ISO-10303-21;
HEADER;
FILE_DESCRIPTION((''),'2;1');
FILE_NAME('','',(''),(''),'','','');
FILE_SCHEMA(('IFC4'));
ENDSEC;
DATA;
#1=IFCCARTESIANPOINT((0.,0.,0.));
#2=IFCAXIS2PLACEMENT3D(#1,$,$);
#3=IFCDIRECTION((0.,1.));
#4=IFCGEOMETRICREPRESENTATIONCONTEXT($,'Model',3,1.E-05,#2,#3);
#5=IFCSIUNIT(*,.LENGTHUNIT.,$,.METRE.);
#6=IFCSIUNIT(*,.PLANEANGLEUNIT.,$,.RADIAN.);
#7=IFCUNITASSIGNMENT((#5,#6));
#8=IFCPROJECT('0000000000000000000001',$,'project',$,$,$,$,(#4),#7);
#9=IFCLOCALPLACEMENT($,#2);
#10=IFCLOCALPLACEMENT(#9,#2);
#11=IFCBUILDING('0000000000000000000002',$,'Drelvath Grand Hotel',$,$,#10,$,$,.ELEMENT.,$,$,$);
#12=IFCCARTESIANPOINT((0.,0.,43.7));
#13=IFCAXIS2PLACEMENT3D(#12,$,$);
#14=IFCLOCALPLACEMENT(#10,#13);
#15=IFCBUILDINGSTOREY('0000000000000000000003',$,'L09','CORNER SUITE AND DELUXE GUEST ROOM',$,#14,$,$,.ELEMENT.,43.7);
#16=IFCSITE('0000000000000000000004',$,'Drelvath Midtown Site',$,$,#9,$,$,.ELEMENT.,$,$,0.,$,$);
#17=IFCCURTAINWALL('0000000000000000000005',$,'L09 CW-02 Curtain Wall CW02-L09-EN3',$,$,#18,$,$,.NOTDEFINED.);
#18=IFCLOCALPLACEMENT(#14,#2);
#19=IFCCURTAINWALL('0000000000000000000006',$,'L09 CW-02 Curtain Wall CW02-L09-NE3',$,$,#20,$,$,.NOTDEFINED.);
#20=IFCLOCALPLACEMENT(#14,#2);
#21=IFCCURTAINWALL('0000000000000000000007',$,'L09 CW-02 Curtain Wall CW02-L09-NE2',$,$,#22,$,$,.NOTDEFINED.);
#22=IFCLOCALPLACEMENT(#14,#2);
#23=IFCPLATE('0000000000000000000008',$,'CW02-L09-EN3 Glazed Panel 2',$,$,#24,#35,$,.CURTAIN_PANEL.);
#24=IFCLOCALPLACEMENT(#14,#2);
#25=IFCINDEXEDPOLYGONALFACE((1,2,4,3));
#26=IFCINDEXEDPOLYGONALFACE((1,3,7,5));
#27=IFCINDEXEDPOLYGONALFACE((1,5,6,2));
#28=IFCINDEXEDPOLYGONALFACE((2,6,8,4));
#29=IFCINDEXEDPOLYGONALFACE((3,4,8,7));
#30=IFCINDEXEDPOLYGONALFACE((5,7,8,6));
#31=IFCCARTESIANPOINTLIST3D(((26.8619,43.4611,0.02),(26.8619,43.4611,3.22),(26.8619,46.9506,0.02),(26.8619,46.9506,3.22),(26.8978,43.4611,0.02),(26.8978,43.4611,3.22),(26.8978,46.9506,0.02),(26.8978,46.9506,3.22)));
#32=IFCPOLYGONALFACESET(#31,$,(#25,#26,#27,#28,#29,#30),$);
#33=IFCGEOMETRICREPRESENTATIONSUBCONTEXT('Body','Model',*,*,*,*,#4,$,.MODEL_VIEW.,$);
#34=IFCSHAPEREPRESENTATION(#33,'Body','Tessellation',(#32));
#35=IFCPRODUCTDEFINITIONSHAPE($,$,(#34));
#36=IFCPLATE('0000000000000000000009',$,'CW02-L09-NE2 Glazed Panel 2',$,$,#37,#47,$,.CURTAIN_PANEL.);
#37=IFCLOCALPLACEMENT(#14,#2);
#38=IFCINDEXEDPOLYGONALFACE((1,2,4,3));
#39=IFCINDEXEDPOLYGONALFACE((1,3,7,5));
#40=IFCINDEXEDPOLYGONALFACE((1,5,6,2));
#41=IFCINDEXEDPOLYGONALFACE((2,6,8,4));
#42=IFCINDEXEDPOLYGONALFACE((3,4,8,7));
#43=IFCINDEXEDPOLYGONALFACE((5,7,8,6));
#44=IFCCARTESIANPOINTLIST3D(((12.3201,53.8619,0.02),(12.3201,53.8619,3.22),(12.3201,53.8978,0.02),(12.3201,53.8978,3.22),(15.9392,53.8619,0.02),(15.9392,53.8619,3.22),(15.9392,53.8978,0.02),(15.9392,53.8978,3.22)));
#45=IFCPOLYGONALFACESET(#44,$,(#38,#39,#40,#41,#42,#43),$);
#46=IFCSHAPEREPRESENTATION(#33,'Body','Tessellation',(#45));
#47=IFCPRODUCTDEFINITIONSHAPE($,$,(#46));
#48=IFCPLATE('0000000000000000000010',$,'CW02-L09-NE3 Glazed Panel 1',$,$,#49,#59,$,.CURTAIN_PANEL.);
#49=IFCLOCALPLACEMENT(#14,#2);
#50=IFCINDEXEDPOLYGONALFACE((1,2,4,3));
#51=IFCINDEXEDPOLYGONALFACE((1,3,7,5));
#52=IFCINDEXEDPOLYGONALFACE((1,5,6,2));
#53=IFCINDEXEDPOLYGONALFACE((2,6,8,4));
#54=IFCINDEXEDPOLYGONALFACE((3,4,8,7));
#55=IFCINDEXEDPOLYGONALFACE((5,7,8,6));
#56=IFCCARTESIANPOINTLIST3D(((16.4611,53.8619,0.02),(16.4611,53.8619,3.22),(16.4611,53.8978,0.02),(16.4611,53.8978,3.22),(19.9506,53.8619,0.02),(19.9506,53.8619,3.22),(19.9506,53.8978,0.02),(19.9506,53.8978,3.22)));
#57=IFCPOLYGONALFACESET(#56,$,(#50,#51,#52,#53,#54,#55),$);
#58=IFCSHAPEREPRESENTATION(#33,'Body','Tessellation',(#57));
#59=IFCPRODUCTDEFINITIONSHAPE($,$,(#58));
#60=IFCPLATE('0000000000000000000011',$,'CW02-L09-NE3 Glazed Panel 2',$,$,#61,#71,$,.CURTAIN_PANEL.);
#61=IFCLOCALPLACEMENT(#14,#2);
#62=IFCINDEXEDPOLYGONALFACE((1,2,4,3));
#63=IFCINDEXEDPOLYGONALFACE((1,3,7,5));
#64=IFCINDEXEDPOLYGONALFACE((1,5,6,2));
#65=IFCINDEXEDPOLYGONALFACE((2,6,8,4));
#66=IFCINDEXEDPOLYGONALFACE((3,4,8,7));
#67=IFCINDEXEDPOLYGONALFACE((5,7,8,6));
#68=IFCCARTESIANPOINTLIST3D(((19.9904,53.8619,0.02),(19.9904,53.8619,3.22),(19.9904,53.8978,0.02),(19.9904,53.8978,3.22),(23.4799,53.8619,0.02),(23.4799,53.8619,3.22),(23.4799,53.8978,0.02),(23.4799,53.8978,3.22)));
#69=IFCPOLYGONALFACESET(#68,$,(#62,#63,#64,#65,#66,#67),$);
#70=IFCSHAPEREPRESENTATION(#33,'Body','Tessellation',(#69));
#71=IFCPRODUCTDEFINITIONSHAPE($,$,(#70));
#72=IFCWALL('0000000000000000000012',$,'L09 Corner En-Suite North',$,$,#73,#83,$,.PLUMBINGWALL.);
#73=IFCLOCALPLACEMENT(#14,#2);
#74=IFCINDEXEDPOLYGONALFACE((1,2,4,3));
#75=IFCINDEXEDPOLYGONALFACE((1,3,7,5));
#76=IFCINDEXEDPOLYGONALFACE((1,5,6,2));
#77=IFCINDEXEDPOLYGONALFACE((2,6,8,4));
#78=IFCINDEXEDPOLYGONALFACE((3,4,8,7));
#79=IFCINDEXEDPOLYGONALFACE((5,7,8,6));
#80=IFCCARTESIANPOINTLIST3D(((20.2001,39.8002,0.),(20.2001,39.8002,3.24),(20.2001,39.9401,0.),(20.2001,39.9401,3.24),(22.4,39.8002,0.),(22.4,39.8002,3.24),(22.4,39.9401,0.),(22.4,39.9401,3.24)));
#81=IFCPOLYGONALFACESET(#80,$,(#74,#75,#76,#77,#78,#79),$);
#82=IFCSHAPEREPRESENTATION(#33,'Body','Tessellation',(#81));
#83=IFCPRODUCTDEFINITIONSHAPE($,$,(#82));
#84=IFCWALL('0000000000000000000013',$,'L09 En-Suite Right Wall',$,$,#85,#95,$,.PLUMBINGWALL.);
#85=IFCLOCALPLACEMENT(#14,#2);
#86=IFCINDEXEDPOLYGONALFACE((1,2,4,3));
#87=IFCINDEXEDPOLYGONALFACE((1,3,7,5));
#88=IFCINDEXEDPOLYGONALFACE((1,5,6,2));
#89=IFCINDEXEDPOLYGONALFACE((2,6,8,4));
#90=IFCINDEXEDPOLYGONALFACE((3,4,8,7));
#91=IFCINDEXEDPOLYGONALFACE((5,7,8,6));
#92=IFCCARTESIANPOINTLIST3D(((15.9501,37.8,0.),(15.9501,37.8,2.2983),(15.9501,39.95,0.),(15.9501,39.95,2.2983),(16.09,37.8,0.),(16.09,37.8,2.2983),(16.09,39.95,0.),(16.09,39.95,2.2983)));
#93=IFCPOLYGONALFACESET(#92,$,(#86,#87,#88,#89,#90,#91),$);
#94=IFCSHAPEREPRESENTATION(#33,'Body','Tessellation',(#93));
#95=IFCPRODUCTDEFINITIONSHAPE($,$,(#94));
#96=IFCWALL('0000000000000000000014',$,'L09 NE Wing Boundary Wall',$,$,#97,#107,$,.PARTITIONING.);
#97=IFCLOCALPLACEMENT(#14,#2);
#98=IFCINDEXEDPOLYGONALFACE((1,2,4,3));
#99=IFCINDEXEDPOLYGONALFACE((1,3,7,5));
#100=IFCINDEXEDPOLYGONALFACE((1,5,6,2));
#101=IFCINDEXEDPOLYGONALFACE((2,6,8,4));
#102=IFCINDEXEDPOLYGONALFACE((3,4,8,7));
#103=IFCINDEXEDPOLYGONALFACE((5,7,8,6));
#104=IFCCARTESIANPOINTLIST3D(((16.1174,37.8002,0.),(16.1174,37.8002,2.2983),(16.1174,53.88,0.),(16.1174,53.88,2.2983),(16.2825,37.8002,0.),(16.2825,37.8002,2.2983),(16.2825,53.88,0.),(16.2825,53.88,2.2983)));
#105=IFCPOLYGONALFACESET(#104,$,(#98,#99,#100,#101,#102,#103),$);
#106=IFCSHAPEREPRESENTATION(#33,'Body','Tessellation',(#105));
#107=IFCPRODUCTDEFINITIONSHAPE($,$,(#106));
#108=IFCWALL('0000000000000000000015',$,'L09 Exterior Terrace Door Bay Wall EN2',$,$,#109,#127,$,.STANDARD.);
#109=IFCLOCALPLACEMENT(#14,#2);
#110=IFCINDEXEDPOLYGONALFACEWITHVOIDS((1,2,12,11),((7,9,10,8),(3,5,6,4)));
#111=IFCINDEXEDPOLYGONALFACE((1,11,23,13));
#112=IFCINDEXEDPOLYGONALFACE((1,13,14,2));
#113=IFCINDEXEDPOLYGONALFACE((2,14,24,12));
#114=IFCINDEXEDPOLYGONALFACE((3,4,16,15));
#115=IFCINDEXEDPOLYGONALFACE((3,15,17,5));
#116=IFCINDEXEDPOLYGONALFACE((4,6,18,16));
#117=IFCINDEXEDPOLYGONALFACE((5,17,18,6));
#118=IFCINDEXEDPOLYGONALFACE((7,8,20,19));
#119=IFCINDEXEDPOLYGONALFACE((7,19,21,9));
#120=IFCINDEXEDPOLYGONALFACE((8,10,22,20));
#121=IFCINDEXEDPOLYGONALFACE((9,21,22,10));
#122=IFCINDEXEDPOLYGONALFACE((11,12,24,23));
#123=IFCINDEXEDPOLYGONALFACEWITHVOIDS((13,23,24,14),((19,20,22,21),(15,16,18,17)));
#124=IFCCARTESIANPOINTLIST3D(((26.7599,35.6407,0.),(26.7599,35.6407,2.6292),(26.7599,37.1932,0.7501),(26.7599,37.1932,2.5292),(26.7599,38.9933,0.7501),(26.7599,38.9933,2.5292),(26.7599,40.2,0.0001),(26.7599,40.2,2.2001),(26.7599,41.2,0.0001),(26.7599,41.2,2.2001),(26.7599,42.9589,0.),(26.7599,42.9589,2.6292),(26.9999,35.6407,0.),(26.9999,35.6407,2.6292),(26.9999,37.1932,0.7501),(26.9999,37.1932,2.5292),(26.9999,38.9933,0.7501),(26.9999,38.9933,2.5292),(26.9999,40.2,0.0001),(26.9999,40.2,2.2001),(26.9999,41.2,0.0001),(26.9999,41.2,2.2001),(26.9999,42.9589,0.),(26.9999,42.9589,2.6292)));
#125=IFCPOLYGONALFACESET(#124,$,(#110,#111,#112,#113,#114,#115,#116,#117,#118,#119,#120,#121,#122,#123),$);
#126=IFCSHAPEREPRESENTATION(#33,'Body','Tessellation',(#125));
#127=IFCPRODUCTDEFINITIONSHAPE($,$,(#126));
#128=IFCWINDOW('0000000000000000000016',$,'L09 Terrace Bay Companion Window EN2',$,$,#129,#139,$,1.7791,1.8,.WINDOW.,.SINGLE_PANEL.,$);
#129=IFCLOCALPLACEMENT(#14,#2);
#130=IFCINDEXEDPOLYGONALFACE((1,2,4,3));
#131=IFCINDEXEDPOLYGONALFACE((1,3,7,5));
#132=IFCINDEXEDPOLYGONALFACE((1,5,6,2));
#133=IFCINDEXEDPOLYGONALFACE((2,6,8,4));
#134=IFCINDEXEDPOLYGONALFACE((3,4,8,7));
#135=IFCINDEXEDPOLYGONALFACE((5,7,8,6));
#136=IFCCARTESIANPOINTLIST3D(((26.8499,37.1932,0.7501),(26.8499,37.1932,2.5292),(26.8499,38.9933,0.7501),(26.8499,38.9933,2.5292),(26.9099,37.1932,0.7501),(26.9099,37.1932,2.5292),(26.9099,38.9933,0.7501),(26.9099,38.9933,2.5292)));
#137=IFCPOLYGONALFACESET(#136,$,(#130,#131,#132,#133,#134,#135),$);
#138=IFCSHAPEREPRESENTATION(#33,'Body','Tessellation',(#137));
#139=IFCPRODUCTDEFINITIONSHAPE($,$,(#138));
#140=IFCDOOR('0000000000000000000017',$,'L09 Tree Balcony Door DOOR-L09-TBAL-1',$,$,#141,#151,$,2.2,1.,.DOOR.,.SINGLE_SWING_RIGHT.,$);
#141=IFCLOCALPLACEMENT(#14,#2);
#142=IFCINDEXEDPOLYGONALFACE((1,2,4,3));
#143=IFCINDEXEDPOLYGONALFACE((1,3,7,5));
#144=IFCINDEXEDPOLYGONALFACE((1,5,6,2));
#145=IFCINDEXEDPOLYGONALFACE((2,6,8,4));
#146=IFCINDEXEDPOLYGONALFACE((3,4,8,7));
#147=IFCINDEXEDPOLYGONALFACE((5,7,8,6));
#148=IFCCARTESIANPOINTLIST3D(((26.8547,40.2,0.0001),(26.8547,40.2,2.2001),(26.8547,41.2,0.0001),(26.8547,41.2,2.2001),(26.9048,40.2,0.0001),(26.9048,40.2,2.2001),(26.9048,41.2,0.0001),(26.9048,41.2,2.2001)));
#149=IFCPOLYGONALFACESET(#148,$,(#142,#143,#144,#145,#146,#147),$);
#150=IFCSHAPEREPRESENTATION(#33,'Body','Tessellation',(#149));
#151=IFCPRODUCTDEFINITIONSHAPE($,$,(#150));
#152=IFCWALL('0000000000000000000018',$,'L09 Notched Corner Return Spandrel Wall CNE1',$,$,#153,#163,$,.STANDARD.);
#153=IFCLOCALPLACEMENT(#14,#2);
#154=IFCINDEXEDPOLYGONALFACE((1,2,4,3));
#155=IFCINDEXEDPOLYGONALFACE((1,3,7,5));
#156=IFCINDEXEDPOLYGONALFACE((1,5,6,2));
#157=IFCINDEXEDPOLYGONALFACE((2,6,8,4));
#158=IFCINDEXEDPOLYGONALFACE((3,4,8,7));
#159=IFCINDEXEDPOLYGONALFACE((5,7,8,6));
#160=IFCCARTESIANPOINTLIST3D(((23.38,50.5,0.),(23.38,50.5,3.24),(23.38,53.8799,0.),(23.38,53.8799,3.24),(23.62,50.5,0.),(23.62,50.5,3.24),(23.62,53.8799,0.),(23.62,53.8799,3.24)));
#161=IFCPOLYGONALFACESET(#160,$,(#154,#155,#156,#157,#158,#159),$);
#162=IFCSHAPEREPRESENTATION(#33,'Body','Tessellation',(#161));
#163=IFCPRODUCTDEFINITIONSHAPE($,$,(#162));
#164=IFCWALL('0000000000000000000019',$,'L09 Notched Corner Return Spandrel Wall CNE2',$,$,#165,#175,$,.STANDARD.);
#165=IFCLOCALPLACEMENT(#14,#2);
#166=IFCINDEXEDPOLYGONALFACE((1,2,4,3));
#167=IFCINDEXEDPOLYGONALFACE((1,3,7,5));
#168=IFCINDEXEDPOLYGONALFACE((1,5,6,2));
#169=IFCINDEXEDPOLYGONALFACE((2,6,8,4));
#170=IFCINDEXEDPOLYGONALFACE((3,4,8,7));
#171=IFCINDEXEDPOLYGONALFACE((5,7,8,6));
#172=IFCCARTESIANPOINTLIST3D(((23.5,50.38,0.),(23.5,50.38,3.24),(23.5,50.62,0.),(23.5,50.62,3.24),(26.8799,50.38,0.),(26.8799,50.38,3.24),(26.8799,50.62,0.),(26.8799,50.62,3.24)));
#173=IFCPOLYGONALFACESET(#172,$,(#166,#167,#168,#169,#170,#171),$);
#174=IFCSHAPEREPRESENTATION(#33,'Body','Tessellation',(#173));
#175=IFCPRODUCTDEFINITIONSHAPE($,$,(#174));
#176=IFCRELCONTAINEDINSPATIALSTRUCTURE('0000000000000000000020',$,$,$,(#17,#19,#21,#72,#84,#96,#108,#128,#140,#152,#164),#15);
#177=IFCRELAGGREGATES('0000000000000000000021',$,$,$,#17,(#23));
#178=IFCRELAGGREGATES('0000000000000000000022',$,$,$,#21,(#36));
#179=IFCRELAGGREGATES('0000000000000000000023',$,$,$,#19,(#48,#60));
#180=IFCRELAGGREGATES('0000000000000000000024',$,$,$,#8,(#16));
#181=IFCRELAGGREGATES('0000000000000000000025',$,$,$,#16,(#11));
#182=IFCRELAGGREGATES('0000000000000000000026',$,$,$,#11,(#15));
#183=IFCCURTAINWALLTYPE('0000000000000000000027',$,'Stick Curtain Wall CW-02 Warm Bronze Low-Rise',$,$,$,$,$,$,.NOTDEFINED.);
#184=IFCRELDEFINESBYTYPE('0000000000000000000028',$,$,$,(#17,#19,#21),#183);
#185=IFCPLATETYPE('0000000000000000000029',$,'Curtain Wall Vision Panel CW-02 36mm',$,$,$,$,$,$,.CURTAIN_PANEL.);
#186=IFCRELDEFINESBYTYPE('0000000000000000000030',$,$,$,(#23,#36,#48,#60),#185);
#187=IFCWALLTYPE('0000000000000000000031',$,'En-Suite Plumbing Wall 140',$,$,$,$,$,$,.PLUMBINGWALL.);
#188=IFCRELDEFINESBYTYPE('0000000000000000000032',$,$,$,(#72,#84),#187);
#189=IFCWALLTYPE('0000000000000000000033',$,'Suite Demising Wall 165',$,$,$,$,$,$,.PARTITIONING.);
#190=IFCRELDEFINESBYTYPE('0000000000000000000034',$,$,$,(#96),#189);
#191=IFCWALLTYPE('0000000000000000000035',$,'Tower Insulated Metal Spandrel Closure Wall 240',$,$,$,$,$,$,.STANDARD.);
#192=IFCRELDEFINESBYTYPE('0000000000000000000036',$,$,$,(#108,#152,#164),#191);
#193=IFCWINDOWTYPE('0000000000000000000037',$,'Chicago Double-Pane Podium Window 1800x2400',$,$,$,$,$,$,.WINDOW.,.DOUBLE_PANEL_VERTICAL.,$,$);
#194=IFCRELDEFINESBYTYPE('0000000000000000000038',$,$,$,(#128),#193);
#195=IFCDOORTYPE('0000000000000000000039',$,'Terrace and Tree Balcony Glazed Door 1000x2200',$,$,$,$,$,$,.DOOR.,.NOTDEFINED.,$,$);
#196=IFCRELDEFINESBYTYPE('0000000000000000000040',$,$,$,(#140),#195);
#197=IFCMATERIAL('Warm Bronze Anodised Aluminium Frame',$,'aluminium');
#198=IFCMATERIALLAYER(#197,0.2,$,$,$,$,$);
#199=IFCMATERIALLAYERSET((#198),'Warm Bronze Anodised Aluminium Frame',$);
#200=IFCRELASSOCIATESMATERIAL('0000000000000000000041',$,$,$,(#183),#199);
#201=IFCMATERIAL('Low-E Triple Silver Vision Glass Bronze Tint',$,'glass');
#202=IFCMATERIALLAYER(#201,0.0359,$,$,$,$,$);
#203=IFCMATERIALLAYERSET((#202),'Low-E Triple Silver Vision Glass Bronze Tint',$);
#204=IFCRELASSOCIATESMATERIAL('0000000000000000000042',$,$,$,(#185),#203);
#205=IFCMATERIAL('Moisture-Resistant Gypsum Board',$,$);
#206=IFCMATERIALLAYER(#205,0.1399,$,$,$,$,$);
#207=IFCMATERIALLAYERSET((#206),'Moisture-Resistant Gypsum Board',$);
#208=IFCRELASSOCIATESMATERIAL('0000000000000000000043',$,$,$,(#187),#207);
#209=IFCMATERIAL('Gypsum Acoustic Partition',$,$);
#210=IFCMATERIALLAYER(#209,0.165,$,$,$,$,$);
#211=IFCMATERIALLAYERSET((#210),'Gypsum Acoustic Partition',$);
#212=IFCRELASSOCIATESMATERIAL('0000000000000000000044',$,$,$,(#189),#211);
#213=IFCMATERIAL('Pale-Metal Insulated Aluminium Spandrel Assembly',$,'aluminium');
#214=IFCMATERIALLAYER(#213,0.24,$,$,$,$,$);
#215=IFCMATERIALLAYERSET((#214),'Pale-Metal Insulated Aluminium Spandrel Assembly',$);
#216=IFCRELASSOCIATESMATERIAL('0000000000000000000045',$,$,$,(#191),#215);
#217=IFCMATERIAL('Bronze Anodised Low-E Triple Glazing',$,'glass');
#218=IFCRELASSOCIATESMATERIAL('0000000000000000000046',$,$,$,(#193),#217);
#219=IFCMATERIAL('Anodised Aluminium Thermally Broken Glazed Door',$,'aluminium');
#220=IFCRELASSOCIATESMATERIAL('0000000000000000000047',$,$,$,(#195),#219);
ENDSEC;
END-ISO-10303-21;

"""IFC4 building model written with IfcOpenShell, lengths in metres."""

from ifc_helpers import new_model, si_unit, direction, frame, frame_2d, origin, origin_2d, place, context, subcontext, project, spatial, rectangle, extrude, material, layer, layer_set, type_object, element, fill, aggregate, save


model = new_model("IFC4")

# Units and contexts
model_context = context("Model", 3, precision=1e-05, world=origin(), true_north=direction((0.0, 1.0)))
body_context = subcontext(model_context, "Body", "Model", "MODEL_VIEW")
ifc_project = project(units=[si_unit("LENGTHUNIT", "METRE"), si_unit("PLANEANGLEUNIT", "RADIAN")], contexts=[model_context])

# Site, building, storey
site_placement = place(None, origin())
site = spatial("IfcSite", under=ifc_project, at=site_placement, Name="Drelvath Midtown Site", CompositionType="ELEMENT", RefElevation=0.0)
building_placement = place(site_placement, origin())
building = spatial("IfcBuilding", under=site, at=building_placement, Name="Drelvath Grand Hotel", CompositionType="ELEMENT")
storey_placement = place(building_placement, frame((0.0, 0.0, 43.7)))
storey = spatial("IfcBuildingStorey", under=building, at=storey_placement, Name="L09", Description="CORNER SUITE AND DELUXE GUEST ROOM", CompositionType="ELEMENT", Elevation=43.7)

# Curtain walls
ifc_material_1 = material(Name="Warm Bronze Anodised Aluminium Frame", Category="aluminium")
ifc_layer_1 = layer(ifc_material_1, 0.2)
ifc_layer_set_1 = layer_set([ifc_layer_1], Name="Warm Bronze Anodised Aluminium Frame")
curtain_wall_type = type_object("IfcCurtainWallType", Name="Stick Curtain Wall CW-02 Warm Bronze Low-Rise", PredefinedType="NOTDEFINED", material=ifc_layer_set_1)
curtain_wall_1_placement = place(storey_placement, origin())
curtain_wall_1 = element("IfcCurtainWall", 1, at=curtain_wall_1_placement, inside=storey, type_object=curtain_wall_type, Name="L09 CW-02 Curtain Wall CW02-L09-EN3", PredefinedType="NOTDEFINED")
curtain_wall_2_placement = place(storey_placement, origin())
curtain_wall_2 = element("IfcCurtainWall", 2, at=curtain_wall_2_placement, inside=storey, type_object=curtain_wall_type, Name="L09 CW-02 Curtain Wall CW02-L09-NE3", PredefinedType="NOTDEFINED")

# Curtain wall
curtain_wall_3_placement = place(storey_placement, origin())
curtain_wall_3 = element("IfcCurtainWall", 3, at=curtain_wall_3_placement, inside=storey, type_object=curtain_wall_type, Name="L09 CW-02 Curtain Wall CW02-L09-NE2", PredefinedType="NOTDEFINED")

# Plates
ifc_material_2 = material(Name="Low-E Triple Silver Vision Glass Bronze Tint", Category="glass")
ifc_layer_2 = layer(ifc_material_2, 0.0359)
ifc_layer_set_2 = layer_set([ifc_layer_2], Name="Low-E Triple Silver Vision Glass Bronze Tint")
plate_type = type_object("IfcPlateType", Name="Curtain Wall Vision Panel CW-02 36mm", PredefinedType="CURTAIN_PANEL", material=ifc_layer_set_2)
plate_1_placement = place(storey_placement, frame((26.8799, 45.2058, 0.02), z_axis=(0.0, 0.0, 1.0), x_axis=(0.0, -1.0, 0.0)))
plate_1 = element("IfcPlate", 4, at=plate_1_placement, type_object=plate_type, Name="CW02-L09-EN3 Glazed Panel 2", PredefinedType="CURTAIN_PANEL", context=body_context, shape_type="SweptSolid", body=[
    extrude(rectangle(XDim=3.4895, YDim=0.0359, at=origin_2d()), origin(), (0.0, 0.0, 1.0), 3.2),
])
aggregate(curtain_wall_1, [plate_1])
plate_2_placement = place(storey_placement, frame((14.1296, 53.8799, 0.02), z_axis=(0.0, 0.0, 1.0), x_axis=(1.0, 0.0, 0.0)))
plate_2 = element("IfcPlate", 5, at=plate_2_placement, type_object=plate_type, Name="CW02-L09-NE2 Glazed Panel 2", PredefinedType="CURTAIN_PANEL", context=body_context, shape_type="SweptSolid", body=[
    extrude(rectangle(XDim=3.6191, YDim=0.0359, at=origin_2d()), origin(), (0.0, 0.0, 1.0), 3.2),
])
aggregate(curtain_wall_3, [plate_2])
plate_3_placement = place(storey_placement, frame((18.2058, 53.8799, 0.02), z_axis=(0.0, 0.0, 1.0), x_axis=(1.0, 0.0, 0.0)))
plate_3 = element("IfcPlate", 6, at=plate_3_placement, type_object=plate_type, Name="CW02-L09-NE3 Glazed Panel 1", PredefinedType="CURTAIN_PANEL", context=body_context, shape_type="SweptSolid", body=[
    extrude(rectangle(XDim=3.4895, YDim=0.0359, at=origin_2d()), origin(), (0.0, 0.0, 1.0), 3.2),
])
plate_4_placement = place(storey_placement, frame((21.7351, 53.8799, 0.02), z_axis=(0.0, 0.0, 1.0), x_axis=(1.0, 0.0, 0.0)))
plate_4 = element("IfcPlate", 7, at=plate_4_placement, type_object=plate_type, Name="CW02-L09-NE3 Glazed Panel 2", PredefinedType="CURTAIN_PANEL", context=body_context, shape_type="SweptSolid", body=[
    extrude(rectangle(XDim=3.4895, YDim=0.0359, at=origin_2d()), origin(), (0.0, 0.0, 1.0), 3.2),
])
aggregate(curtain_wall_2, [plate_3, plate_4])

# Walls
ifc_material_3 = material(Name="Moisture-Resistant Gypsum Board")
ifc_layer_3 = layer(ifc_material_3, 0.1399)
ifc_layer_set_3 = layer_set([ifc_layer_3], Name="Moisture-Resistant Gypsum Board")
wall_type_1 = type_object("IfcWallType", Name="En-Suite Plumbing Wall 140", PredefinedType="PLUMBINGWALL", material=ifc_layer_set_3)
wall_1_placement = place(storey_placement, frame((20.2, 39.8701, 0.0), z_axis=(0.0, 0.0, 1.0), x_axis=(1.0, 0.0, 0.0)))
element("IfcWall", 8, at=wall_1_placement, inside=storey, type_object=wall_type_1, Name="L09 Corner En-Suite North", PredefinedType="PLUMBINGWALL", context=body_context, shape_type="SweptSolid", body=[
    extrude(rectangle(XDim=2.2, YDim=0.1399, at=frame_2d((1.1001, 0.0))), origin(), (0.0, 0.0, 1.0), 3.24),
])
wall_2_placement = place(storey_placement, frame((16.02, 37.8, 0.0), z_axis=(0.0, 0.0, 1.0), x_axis=(0.0, 1.0, 0.0)))
element("IfcWall", 9, at=wall_2_placement, inside=storey, type_object=wall_type_1, Name="L09 En-Suite Right Wall", PredefinedType="PLUMBINGWALL", context=body_context, shape_type="SweptSolid", body=[
    extrude(rectangle(XDim=2.1499, YDim=0.1399, at=frame_2d((1.075, 0.0))), origin(), (0.0, 0.0, 1.0), 2.2983),
])
ifc_material_4 = material(Name="Gypsum Acoustic Partition")
ifc_layer_4 = layer(ifc_material_4, 0.165)
ifc_layer_set_4 = layer_set([ifc_layer_4], Name="Gypsum Acoustic Partition")
wall_type_2 = type_object("IfcWallType", Name="Suite Demising Wall 165", PredefinedType="PARTITIONING", material=ifc_layer_set_4)
wall_3_placement = place(storey_placement, frame((16.2, 37.8, 0.0), z_axis=(0.0, 0.0, 1.0), x_axis=(0.0, 1.0, 0.0)))
element("IfcWall", 10, at=wall_3_placement, inside=storey, type_object=wall_type_2, Name="L09 NE Wing Boundary Wall", PredefinedType="PARTITIONING", context=body_context, shape_type="SweptSolid", body=[
    extrude(rectangle(XDim=16.0798, YDim=0.165, at=frame_2d((8.04, 0.0))), origin(), (0.0, 0.0, 1.0), 2.2983),
])

# Wall, openings, window, door
ifc_material_5 = material(Name="Pale-Metal Insulated Aluminium Spandrel Assembly", Category="aluminium")
ifc_layer_5 = layer(ifc_material_5, 0.24)
ifc_layer_set_5 = layer_set([ifc_layer_5], Name="Pale-Metal Insulated Aluminium Spandrel Assembly")
wall_type_3 = type_object("IfcWallType", Name="Tower Insulated Metal Spandrel Closure Wall 240", PredefinedType="STANDARD", material=ifc_layer_set_5)
wall_4_placement = place(storey_placement, frame((26.8799, 42.959, 0.0), z_axis=(0.0, 0.0, 1.0), x_axis=(0.0, -1.0, 0.0)))
wall_4 = element("IfcWall", 11, at=wall_4_placement, inside=storey, type_object=wall_type_3, Name="L09 Exterior Terrace Door Bay Wall EN2", PredefinedType="STANDARD", context=body_context, shape_type="SweptSolid", body=[
    extrude(rectangle(XDim=7.3181, YDim=0.24, at=frame_2d((3.6592, 0.0))), origin(), (0.0, 0.0, 1.0), 2.6292),
])
opening_1_placement = place(wall_4_placement, frame((1.759, 0.0, 0.0)))
opening_1 = element("IfcOpeningElement", 12, at=opening_1_placement, cuts=wall_4, PredefinedType="OPENING", context=body_context, shape_type="SweptSolid", body=[
    extrude(rectangle(XDim=1.0, YDim=2.2, at=frame_2d((0.5, 1.1001))), frame((0.0, 0.1299, 0.0), z_axis=(0.0, -1.0, 0.0), x_axis=(1.0, 0.0, 0.0)), (0.0, 0.0, 1.0), 0.26),
])
opening_2_placement = place(wall_4_placement, frame((3.9658, 0.0, 0.75)))
opening_2 = element("IfcOpeningElement", 13, at=opening_2_placement, cuts=wall_4, PredefinedType="OPENING", context=body_context, shape_type="SweptSolid", body=[
    extrude(rectangle(XDim=1.8, YDim=1.7791, at=frame_2d((0.8999, 0.8896))), frame((0.0, 0.1299, 0.0), z_axis=(0.0, -1.0, 0.0), x_axis=(1.0, 0.0, 0.0)), (0.0, 0.0, 1.0), 0.26),
])
ifc_material_6 = material(Name="Bronze Anodised Low-E Triple Glazing", Category="glass")
window_type = type_object("IfcWindowType", Name="Chicago Double-Pane Podium Window 1800x2400", PartitioningType="DOUBLE_PANEL_VERTICAL", PredefinedType="WINDOW", material=ifc_material_6)
window_placement = place(opening_2_placement, origin())
window = element("IfcWindow", 14, at=window_placement, inside=storey, type_object=window_type, Name="L09 Terrace Bay Companion Window EN2", OverallHeight=1.7791, OverallWidth=1.8, PartitioningType="SINGLE_PANEL", PredefinedType="WINDOW", context=body_context, shape_type="SweptSolid", body=[
    extrude(rectangle(XDim=1.8, YDim=1.7791, at=frame_2d((0.8999, 0.8896))), frame((0.0, 0.03, 0.0), z_axis=(0.0, -1.0, 0.0), x_axis=(1.0, 0.0, 0.0)), (0.0, 0.0, 1.0), 0.0601),
])
fill(opening_2, window)
ifc_material_7 = material(Name="Anodised Aluminium Thermally Broken Glazed Door", Category="aluminium")
door_type = type_object("IfcDoorType", Name="Terrace and Tree Balcony Glazed Door 1000x2200", OperationType="NOTDEFINED", PredefinedType="DOOR", material=ifc_material_7)
door_placement = place(opening_1_placement, origin())
door = element("IfcDoor", 15, at=door_placement, inside=storey, type_object=door_type, Name="L09 Tree Balcony Door DOOR-L09-TBAL-1", OperationType="SINGLE_SWING_RIGHT", OverallHeight=2.2, OverallWidth=1.0, PredefinedType="DOOR", context=body_context, shape_type="SweptSolid", body=[
    extrude(rectangle(XDim=1.0, YDim=2.2, at=frame_2d((0.5, 1.1001))), frame((0.0, 0.0249, 0.0), z_axis=(0.0, -1.0, 0.0), x_axis=(1.0, 0.0, 0.0)), (0.0, 0.0, 1.0), 0.05),
])
fill(opening_1, door)

# Walls
for number, where, z_axis, x_axis, name in (
    (16, (23.5, 53.8799, 0.0), (0.0, 0.0, 1.0), (0.0, -1.0, 0.0), "L09 Notched Corner Return Spandrel Wall CNE1"),
    (17, (23.5, 50.5, 0.0), (0.0, 0.0, 1.0), (1.0, 0.0, 0.0), "L09 Notched Corner Return Spandrel Wall CNE2"),
):
    element("IfcWall", number, at=place(storey_placement, frame(where, z_axis=z_axis, x_axis=x_axis)), inside=storey, type_object=wall_type_3, Name=name, PredefinedType="STANDARD", context=body_context, shape_type="SweptSolid", body=[
        extrude(rectangle(XDim=3.3799, YDim=0.24, at=frame_2d((1.6899, 0.0))), origin(), (0.0, 0.0, 1.0), 3.24),
    ])

save(model, "model.ifc")
